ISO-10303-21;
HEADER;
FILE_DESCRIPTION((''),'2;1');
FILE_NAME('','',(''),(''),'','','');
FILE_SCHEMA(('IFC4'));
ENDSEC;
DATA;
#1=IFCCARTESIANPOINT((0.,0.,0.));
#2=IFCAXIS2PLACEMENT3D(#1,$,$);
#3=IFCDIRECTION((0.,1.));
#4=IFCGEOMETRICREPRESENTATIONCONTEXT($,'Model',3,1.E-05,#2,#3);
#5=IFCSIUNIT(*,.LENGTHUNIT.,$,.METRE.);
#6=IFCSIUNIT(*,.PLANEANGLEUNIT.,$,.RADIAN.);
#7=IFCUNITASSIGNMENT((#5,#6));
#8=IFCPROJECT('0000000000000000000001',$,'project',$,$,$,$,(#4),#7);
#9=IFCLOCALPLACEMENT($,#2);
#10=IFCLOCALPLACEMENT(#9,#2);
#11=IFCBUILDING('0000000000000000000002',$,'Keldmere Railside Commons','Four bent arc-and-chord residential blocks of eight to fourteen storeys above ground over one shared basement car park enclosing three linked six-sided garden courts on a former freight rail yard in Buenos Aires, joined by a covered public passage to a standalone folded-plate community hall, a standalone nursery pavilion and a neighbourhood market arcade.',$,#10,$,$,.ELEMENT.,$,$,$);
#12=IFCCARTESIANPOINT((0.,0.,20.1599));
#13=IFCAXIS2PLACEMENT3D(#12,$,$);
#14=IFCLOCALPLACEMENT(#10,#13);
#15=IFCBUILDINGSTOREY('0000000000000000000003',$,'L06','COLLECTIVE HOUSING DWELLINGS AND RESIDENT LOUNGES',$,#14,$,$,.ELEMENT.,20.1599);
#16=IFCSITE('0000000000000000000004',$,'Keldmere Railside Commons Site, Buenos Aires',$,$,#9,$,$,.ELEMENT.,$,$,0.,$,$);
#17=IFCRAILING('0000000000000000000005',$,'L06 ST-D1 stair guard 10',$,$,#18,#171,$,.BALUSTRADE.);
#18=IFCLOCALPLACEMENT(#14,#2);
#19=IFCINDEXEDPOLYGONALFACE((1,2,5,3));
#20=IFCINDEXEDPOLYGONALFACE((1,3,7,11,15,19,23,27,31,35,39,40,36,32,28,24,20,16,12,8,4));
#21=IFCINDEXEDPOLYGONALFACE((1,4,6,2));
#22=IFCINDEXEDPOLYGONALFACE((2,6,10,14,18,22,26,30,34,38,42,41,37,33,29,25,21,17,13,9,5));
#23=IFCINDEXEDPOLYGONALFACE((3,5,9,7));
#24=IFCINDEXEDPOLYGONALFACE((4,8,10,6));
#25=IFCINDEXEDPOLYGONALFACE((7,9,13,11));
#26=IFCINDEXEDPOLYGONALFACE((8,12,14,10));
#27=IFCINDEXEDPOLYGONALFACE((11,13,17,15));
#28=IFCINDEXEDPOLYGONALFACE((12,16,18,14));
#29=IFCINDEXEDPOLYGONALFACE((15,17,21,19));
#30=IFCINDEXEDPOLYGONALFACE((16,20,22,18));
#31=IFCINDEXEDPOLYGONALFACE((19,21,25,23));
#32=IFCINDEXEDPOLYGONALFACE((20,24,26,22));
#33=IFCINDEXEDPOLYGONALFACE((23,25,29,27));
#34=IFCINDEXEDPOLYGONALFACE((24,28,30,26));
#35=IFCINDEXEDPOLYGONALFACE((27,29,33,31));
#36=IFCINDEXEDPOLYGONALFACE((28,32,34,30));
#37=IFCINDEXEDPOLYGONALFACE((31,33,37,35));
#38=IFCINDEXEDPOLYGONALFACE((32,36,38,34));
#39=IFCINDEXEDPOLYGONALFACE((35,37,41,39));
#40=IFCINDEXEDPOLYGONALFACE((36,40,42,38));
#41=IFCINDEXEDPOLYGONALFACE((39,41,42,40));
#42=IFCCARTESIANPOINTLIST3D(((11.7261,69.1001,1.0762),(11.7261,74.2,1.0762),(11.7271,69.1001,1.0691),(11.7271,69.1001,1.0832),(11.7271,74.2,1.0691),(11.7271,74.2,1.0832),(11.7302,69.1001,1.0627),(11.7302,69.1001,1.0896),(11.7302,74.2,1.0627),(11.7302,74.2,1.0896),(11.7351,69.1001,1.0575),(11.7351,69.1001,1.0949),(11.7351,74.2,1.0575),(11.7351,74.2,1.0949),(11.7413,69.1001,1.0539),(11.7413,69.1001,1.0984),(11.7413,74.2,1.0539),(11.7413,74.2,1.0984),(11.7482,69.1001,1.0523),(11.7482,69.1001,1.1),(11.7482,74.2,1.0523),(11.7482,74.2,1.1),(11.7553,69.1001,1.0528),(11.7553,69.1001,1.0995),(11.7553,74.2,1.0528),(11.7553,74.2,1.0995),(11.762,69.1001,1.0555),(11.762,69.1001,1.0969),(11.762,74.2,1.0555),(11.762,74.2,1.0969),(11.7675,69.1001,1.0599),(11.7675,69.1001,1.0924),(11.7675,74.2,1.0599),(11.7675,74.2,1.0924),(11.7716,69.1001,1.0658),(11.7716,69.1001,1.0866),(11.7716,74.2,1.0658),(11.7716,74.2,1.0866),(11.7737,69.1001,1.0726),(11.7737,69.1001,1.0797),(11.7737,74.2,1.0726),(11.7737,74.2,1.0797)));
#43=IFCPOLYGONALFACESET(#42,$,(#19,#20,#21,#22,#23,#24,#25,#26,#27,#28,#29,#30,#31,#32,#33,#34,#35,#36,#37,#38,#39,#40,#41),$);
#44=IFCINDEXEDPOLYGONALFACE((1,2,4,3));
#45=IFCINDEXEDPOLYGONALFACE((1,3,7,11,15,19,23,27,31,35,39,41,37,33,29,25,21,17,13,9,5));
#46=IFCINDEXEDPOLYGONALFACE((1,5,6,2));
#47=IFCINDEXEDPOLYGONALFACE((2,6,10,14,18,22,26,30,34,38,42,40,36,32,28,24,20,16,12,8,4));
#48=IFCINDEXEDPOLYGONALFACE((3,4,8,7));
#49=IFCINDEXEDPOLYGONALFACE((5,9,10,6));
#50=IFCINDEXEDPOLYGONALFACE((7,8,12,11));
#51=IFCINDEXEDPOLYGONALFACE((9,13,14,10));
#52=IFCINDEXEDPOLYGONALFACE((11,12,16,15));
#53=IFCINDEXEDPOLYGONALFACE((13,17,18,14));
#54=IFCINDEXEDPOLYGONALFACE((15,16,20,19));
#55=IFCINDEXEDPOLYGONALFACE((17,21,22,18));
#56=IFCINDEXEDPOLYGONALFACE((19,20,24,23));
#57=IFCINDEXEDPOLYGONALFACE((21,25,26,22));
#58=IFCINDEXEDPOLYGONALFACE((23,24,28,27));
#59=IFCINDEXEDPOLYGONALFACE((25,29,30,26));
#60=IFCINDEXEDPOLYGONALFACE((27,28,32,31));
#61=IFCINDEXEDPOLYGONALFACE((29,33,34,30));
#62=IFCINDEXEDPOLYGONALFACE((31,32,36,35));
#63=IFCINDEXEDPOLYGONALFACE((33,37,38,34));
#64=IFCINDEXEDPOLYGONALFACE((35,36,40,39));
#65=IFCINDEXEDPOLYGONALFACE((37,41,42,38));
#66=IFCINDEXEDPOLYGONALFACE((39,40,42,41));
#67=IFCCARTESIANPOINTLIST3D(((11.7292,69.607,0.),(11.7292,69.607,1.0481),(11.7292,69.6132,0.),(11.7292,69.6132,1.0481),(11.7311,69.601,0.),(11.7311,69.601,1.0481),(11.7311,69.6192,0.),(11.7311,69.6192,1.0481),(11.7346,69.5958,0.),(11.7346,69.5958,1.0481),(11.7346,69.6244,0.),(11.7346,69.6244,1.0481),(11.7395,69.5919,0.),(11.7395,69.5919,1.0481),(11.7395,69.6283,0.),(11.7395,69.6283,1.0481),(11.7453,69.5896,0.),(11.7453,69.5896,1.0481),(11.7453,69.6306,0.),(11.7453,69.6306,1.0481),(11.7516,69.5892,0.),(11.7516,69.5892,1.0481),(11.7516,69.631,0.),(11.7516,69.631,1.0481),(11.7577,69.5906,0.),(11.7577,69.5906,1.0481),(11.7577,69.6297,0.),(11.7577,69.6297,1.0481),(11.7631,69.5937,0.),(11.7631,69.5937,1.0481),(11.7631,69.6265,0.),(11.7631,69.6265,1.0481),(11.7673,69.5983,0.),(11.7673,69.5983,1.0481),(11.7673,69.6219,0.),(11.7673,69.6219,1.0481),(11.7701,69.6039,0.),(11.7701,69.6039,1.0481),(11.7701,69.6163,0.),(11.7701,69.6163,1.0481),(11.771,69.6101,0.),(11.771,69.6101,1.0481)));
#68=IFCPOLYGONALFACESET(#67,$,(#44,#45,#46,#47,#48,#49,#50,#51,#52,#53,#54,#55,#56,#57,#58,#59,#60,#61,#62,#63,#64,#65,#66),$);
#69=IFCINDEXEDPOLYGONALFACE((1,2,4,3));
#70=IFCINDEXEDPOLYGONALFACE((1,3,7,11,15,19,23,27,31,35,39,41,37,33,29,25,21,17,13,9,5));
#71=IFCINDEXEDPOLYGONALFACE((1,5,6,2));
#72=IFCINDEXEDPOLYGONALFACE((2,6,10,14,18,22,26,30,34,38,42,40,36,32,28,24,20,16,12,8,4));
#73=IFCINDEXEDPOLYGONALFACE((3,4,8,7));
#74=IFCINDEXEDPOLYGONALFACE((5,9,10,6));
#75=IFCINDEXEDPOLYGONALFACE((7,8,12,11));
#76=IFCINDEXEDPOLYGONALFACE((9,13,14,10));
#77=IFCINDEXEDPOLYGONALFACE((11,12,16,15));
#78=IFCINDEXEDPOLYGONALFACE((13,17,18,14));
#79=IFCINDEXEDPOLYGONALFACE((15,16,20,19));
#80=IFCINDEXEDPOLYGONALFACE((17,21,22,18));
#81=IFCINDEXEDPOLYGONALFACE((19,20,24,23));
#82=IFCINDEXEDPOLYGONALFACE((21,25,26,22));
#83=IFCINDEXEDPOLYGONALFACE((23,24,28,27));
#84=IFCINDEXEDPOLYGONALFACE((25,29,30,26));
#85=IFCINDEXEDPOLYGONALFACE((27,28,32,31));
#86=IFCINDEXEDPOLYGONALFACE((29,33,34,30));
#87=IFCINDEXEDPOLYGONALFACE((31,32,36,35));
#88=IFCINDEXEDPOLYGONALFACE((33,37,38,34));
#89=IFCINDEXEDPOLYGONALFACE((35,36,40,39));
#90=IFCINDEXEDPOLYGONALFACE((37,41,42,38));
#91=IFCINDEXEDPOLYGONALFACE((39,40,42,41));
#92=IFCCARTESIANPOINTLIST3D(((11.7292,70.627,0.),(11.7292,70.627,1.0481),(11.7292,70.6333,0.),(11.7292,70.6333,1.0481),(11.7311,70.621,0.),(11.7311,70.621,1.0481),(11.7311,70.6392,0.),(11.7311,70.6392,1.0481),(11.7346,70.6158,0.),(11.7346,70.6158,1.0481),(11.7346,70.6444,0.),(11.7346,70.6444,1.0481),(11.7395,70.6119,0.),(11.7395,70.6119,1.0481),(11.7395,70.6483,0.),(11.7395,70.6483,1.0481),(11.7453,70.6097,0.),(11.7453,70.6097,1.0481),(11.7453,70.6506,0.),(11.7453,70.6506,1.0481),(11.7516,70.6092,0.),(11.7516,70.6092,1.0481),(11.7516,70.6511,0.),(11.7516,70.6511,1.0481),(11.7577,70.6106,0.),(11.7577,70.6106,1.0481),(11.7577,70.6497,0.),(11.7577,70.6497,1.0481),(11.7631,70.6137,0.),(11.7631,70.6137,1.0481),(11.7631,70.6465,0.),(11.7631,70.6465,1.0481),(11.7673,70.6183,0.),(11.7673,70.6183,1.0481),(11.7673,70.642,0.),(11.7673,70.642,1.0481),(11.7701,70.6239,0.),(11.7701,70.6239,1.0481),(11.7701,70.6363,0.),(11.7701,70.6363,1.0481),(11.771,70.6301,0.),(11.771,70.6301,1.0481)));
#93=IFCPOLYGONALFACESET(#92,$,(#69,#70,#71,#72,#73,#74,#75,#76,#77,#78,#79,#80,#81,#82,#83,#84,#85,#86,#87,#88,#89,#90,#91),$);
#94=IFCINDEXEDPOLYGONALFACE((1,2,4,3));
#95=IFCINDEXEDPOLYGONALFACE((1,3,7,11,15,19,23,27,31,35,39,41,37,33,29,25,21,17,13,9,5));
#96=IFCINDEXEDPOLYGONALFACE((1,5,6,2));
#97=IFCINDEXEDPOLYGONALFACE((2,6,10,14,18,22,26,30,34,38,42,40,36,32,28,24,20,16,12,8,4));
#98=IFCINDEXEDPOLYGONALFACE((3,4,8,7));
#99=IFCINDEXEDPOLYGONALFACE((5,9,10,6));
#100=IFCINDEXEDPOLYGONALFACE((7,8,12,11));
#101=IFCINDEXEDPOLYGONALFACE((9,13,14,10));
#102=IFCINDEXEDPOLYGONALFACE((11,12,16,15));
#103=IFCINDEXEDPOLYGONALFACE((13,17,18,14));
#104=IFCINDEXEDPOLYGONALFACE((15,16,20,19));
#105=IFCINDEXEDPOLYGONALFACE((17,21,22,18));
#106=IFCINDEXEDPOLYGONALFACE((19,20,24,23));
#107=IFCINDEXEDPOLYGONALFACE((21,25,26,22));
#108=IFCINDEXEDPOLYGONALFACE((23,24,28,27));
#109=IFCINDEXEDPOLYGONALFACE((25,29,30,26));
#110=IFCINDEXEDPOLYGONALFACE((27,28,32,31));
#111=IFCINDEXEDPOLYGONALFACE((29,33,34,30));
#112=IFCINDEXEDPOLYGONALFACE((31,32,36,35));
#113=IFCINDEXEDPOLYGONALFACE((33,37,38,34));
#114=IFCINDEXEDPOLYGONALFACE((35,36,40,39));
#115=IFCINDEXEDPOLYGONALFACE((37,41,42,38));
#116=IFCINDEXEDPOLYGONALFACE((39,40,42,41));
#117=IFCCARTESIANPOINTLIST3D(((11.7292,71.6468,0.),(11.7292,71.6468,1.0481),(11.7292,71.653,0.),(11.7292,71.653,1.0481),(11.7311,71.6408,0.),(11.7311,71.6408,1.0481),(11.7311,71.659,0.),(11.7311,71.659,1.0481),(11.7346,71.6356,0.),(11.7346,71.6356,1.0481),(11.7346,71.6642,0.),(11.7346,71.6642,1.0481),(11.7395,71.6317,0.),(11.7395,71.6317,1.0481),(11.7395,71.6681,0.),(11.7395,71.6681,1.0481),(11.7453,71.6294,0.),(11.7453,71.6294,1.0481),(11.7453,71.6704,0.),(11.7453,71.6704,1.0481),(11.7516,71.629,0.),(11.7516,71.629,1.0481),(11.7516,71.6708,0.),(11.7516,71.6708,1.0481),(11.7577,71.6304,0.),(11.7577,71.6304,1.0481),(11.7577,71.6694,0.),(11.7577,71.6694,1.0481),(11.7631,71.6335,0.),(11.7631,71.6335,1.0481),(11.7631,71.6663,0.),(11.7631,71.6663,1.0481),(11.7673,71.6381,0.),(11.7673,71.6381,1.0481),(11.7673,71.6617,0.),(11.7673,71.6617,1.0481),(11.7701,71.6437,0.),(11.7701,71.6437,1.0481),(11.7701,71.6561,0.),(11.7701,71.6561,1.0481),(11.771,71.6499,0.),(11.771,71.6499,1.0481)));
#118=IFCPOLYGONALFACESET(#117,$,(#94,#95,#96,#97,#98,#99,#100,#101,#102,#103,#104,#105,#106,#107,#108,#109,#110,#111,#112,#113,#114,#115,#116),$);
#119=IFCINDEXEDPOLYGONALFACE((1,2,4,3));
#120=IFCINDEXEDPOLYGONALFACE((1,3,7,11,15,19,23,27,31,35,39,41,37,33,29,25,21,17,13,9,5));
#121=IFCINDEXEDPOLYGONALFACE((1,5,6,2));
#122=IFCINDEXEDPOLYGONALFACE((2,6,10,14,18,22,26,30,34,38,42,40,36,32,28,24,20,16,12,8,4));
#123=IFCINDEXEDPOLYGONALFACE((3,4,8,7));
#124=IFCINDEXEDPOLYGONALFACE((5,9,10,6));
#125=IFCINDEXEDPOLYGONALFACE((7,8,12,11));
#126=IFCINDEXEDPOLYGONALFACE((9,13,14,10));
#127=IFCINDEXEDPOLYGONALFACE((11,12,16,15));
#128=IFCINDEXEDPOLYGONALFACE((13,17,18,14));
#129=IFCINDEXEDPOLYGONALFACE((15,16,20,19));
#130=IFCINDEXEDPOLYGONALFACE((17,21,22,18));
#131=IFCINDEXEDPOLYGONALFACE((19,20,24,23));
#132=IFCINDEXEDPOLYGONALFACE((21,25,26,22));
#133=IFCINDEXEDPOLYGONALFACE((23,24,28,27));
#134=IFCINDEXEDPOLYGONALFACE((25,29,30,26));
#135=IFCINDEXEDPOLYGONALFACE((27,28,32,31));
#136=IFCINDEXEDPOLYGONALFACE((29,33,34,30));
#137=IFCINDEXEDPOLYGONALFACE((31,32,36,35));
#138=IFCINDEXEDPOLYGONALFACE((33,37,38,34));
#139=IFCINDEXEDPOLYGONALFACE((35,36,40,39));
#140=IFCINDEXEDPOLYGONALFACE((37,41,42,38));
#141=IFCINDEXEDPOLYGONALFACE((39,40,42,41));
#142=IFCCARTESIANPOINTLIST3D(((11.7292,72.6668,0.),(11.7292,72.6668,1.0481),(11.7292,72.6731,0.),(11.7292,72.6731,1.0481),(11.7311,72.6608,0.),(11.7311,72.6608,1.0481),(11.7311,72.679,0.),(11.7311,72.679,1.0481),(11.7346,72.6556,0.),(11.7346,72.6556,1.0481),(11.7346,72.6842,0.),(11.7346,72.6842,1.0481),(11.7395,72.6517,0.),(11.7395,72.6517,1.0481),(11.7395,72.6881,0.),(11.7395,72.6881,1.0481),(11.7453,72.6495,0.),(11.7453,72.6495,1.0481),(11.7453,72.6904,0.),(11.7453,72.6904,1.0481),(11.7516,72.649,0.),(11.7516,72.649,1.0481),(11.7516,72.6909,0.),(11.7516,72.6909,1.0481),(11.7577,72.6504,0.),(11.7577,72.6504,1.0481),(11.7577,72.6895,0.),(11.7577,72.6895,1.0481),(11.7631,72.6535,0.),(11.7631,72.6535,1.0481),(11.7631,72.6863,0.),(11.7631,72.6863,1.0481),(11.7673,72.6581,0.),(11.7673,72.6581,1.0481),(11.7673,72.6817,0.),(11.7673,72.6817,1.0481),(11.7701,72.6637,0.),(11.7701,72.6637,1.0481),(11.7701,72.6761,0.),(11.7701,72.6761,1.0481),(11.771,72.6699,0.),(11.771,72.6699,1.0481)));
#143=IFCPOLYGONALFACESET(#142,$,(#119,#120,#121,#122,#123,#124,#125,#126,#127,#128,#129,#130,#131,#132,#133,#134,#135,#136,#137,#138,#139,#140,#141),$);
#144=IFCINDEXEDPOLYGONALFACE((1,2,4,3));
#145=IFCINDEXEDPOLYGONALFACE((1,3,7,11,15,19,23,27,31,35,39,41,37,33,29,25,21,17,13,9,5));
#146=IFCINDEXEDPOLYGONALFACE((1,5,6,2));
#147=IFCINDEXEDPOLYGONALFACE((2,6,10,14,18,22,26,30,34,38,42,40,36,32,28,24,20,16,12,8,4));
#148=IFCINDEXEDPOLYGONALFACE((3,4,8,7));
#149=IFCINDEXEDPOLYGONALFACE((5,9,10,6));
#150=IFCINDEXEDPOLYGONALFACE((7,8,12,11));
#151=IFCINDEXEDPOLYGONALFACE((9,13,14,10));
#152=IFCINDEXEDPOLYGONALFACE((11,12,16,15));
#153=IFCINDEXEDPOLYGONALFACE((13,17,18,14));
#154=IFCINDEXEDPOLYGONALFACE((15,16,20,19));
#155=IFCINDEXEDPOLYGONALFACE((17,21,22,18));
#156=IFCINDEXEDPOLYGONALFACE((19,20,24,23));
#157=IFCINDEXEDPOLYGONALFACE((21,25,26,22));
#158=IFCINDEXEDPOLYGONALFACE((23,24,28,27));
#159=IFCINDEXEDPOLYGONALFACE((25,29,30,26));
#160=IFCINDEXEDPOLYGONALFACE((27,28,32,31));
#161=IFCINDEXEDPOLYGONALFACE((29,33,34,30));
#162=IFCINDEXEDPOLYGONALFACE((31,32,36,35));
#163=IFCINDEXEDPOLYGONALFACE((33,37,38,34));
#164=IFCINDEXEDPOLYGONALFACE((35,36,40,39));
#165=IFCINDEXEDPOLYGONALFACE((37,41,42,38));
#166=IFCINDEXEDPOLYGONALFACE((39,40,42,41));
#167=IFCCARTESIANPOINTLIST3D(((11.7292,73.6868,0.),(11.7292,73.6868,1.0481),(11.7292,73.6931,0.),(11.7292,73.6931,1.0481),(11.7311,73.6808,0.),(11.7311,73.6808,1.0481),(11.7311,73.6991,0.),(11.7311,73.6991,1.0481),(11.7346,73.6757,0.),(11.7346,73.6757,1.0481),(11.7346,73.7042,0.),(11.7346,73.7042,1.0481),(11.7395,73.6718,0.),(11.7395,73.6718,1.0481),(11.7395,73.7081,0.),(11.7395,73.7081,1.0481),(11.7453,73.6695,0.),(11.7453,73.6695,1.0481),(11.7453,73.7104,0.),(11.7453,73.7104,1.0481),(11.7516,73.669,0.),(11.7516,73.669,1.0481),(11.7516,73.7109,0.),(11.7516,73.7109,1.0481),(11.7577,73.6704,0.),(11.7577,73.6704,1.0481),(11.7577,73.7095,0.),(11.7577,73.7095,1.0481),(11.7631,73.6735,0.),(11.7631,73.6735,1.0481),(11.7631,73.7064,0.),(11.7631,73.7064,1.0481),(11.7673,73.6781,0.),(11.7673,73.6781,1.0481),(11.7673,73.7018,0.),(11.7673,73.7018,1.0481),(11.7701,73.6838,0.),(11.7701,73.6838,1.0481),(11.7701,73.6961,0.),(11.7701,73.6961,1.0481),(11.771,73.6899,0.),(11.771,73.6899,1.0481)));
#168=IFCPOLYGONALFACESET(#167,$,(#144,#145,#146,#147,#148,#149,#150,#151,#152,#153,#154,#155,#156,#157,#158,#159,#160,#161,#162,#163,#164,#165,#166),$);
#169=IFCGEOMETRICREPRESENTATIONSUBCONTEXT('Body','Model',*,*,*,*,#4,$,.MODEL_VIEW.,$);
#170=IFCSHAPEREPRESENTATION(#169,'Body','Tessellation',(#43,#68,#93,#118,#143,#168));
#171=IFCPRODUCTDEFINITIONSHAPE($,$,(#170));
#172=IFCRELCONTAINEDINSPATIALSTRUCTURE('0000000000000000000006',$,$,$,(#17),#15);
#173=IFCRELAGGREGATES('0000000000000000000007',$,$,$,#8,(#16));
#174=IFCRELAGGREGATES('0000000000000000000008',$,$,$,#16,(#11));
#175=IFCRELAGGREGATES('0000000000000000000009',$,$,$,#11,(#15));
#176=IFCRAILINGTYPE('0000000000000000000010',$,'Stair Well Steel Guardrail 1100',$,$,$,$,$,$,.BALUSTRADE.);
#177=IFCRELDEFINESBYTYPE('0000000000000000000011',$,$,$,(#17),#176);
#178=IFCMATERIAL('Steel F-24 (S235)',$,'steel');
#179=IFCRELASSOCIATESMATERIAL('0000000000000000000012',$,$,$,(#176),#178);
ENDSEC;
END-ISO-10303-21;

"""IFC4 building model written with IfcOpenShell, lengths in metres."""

from ifc_helpers import new_model, si_unit, direction, frame, origin, origin_2d, place, context, subcontext, project, spatial, circle, extrude, material, type_object, element, save


model = new_model("IFC4")

# Units and contexts
model_context = context("Model", 3, precision=1e-05, world=origin(), true_north=direction((0.0, 1.0)))
body_context = subcontext(model_context, "Body", "Model", "MODEL_VIEW")
ifc_project = project(units=[si_unit("LENGTHUNIT", "METRE"), si_unit("PLANEANGLEUNIT", "RADIAN")], contexts=[model_context])

# Site, building, storey
site_placement = place(None, origin())
site = spatial("IfcSite", under=ifc_project, at=site_placement, Name="Keldmere Railside Commons Site, Buenos Aires", CompositionType="ELEMENT", RefElevation=0.0)
building_placement = place(site_placement, origin())
building = spatial("IfcBuilding", under=site, at=building_placement, Name="Keldmere Railside Commons", Description="Four bent arc-and-chord residential blocks of eight to fourteen storeys above ground over one shared basement car park enclosing three linked six-sided garden courts on a former freight rail yard in Buenos Aires, joined by a covered public passage to a standalone folded-plate community hall, a standalone nursery pavilion and a neighbourhood market arcade.", CompositionType="ELEMENT")
storey_placement = place(building_placement, frame((0.0, 0.0, 20.1599)))
storey = spatial("IfcBuildingStorey", under=building, at=storey_placement, Name="L06", Description="COLLECTIVE HOUSING DWELLINGS AND RESIDENT LOUNGES", CompositionType="ELEMENT", Elevation=20.1599)

# Railing
ifc_material_1 = material(Name="Steel F-24 (S235)", Category="steel")
railing_type_1 = type_object("IfcRailingType", Name="Stair Well Steel Guardrail 1100", PredefinedType="BALUSTRADE", material=ifc_material_1)
railing_1_placement = place(storey_placement, frame((11.75, 69.1001, 0.0)))
element("IfcRailing", 1, at=railing_1_placement, inside=storey, type_object=railing_type_1, Name="L06 ST-D1 stair guard 10", PredefinedType="BALUSTRADE", context=body_context, shape_type="SweptSolid", body=[
    extrude(circle(Radius=0.0239, at=origin_2d()), frame((0.0, 0.0, 1.0762), z_axis=(0.0, 1.0, 0.0), x_axis=(-1.0, 0.0, 0.0)), (0.0, 0.0, 1.0), 5.0999),
    extrude(circle(Radius=0.021, at=origin_2d()), frame((0.0, 0.51, 0.0)), (0.0, 0.0, 1.0), 1.0481),
    extrude(circle(Radius=0.021, at=origin_2d()), frame((0.0, 1.53, 0.0)), (0.0, 0.0, 1.0), 1.0481),
    extrude(circle(Radius=0.021, at=origin_2d()), frame((0.0, 2.5498, 0.0)), (0.0, 0.0, 1.0), 1.0481),
    extrude(circle(Radius=0.021, at=origin_2d()), frame((0.0, 3.5698, 0.0)), (0.0, 0.0, 1.0), 1.0481),
    extrude(circle(Radius=0.021, at=origin_2d()), frame((0.0, 4.5898, 0.0)), (0.0, 0.0, 1.0), 1.0481),
])

save(model, "model.ifc")
